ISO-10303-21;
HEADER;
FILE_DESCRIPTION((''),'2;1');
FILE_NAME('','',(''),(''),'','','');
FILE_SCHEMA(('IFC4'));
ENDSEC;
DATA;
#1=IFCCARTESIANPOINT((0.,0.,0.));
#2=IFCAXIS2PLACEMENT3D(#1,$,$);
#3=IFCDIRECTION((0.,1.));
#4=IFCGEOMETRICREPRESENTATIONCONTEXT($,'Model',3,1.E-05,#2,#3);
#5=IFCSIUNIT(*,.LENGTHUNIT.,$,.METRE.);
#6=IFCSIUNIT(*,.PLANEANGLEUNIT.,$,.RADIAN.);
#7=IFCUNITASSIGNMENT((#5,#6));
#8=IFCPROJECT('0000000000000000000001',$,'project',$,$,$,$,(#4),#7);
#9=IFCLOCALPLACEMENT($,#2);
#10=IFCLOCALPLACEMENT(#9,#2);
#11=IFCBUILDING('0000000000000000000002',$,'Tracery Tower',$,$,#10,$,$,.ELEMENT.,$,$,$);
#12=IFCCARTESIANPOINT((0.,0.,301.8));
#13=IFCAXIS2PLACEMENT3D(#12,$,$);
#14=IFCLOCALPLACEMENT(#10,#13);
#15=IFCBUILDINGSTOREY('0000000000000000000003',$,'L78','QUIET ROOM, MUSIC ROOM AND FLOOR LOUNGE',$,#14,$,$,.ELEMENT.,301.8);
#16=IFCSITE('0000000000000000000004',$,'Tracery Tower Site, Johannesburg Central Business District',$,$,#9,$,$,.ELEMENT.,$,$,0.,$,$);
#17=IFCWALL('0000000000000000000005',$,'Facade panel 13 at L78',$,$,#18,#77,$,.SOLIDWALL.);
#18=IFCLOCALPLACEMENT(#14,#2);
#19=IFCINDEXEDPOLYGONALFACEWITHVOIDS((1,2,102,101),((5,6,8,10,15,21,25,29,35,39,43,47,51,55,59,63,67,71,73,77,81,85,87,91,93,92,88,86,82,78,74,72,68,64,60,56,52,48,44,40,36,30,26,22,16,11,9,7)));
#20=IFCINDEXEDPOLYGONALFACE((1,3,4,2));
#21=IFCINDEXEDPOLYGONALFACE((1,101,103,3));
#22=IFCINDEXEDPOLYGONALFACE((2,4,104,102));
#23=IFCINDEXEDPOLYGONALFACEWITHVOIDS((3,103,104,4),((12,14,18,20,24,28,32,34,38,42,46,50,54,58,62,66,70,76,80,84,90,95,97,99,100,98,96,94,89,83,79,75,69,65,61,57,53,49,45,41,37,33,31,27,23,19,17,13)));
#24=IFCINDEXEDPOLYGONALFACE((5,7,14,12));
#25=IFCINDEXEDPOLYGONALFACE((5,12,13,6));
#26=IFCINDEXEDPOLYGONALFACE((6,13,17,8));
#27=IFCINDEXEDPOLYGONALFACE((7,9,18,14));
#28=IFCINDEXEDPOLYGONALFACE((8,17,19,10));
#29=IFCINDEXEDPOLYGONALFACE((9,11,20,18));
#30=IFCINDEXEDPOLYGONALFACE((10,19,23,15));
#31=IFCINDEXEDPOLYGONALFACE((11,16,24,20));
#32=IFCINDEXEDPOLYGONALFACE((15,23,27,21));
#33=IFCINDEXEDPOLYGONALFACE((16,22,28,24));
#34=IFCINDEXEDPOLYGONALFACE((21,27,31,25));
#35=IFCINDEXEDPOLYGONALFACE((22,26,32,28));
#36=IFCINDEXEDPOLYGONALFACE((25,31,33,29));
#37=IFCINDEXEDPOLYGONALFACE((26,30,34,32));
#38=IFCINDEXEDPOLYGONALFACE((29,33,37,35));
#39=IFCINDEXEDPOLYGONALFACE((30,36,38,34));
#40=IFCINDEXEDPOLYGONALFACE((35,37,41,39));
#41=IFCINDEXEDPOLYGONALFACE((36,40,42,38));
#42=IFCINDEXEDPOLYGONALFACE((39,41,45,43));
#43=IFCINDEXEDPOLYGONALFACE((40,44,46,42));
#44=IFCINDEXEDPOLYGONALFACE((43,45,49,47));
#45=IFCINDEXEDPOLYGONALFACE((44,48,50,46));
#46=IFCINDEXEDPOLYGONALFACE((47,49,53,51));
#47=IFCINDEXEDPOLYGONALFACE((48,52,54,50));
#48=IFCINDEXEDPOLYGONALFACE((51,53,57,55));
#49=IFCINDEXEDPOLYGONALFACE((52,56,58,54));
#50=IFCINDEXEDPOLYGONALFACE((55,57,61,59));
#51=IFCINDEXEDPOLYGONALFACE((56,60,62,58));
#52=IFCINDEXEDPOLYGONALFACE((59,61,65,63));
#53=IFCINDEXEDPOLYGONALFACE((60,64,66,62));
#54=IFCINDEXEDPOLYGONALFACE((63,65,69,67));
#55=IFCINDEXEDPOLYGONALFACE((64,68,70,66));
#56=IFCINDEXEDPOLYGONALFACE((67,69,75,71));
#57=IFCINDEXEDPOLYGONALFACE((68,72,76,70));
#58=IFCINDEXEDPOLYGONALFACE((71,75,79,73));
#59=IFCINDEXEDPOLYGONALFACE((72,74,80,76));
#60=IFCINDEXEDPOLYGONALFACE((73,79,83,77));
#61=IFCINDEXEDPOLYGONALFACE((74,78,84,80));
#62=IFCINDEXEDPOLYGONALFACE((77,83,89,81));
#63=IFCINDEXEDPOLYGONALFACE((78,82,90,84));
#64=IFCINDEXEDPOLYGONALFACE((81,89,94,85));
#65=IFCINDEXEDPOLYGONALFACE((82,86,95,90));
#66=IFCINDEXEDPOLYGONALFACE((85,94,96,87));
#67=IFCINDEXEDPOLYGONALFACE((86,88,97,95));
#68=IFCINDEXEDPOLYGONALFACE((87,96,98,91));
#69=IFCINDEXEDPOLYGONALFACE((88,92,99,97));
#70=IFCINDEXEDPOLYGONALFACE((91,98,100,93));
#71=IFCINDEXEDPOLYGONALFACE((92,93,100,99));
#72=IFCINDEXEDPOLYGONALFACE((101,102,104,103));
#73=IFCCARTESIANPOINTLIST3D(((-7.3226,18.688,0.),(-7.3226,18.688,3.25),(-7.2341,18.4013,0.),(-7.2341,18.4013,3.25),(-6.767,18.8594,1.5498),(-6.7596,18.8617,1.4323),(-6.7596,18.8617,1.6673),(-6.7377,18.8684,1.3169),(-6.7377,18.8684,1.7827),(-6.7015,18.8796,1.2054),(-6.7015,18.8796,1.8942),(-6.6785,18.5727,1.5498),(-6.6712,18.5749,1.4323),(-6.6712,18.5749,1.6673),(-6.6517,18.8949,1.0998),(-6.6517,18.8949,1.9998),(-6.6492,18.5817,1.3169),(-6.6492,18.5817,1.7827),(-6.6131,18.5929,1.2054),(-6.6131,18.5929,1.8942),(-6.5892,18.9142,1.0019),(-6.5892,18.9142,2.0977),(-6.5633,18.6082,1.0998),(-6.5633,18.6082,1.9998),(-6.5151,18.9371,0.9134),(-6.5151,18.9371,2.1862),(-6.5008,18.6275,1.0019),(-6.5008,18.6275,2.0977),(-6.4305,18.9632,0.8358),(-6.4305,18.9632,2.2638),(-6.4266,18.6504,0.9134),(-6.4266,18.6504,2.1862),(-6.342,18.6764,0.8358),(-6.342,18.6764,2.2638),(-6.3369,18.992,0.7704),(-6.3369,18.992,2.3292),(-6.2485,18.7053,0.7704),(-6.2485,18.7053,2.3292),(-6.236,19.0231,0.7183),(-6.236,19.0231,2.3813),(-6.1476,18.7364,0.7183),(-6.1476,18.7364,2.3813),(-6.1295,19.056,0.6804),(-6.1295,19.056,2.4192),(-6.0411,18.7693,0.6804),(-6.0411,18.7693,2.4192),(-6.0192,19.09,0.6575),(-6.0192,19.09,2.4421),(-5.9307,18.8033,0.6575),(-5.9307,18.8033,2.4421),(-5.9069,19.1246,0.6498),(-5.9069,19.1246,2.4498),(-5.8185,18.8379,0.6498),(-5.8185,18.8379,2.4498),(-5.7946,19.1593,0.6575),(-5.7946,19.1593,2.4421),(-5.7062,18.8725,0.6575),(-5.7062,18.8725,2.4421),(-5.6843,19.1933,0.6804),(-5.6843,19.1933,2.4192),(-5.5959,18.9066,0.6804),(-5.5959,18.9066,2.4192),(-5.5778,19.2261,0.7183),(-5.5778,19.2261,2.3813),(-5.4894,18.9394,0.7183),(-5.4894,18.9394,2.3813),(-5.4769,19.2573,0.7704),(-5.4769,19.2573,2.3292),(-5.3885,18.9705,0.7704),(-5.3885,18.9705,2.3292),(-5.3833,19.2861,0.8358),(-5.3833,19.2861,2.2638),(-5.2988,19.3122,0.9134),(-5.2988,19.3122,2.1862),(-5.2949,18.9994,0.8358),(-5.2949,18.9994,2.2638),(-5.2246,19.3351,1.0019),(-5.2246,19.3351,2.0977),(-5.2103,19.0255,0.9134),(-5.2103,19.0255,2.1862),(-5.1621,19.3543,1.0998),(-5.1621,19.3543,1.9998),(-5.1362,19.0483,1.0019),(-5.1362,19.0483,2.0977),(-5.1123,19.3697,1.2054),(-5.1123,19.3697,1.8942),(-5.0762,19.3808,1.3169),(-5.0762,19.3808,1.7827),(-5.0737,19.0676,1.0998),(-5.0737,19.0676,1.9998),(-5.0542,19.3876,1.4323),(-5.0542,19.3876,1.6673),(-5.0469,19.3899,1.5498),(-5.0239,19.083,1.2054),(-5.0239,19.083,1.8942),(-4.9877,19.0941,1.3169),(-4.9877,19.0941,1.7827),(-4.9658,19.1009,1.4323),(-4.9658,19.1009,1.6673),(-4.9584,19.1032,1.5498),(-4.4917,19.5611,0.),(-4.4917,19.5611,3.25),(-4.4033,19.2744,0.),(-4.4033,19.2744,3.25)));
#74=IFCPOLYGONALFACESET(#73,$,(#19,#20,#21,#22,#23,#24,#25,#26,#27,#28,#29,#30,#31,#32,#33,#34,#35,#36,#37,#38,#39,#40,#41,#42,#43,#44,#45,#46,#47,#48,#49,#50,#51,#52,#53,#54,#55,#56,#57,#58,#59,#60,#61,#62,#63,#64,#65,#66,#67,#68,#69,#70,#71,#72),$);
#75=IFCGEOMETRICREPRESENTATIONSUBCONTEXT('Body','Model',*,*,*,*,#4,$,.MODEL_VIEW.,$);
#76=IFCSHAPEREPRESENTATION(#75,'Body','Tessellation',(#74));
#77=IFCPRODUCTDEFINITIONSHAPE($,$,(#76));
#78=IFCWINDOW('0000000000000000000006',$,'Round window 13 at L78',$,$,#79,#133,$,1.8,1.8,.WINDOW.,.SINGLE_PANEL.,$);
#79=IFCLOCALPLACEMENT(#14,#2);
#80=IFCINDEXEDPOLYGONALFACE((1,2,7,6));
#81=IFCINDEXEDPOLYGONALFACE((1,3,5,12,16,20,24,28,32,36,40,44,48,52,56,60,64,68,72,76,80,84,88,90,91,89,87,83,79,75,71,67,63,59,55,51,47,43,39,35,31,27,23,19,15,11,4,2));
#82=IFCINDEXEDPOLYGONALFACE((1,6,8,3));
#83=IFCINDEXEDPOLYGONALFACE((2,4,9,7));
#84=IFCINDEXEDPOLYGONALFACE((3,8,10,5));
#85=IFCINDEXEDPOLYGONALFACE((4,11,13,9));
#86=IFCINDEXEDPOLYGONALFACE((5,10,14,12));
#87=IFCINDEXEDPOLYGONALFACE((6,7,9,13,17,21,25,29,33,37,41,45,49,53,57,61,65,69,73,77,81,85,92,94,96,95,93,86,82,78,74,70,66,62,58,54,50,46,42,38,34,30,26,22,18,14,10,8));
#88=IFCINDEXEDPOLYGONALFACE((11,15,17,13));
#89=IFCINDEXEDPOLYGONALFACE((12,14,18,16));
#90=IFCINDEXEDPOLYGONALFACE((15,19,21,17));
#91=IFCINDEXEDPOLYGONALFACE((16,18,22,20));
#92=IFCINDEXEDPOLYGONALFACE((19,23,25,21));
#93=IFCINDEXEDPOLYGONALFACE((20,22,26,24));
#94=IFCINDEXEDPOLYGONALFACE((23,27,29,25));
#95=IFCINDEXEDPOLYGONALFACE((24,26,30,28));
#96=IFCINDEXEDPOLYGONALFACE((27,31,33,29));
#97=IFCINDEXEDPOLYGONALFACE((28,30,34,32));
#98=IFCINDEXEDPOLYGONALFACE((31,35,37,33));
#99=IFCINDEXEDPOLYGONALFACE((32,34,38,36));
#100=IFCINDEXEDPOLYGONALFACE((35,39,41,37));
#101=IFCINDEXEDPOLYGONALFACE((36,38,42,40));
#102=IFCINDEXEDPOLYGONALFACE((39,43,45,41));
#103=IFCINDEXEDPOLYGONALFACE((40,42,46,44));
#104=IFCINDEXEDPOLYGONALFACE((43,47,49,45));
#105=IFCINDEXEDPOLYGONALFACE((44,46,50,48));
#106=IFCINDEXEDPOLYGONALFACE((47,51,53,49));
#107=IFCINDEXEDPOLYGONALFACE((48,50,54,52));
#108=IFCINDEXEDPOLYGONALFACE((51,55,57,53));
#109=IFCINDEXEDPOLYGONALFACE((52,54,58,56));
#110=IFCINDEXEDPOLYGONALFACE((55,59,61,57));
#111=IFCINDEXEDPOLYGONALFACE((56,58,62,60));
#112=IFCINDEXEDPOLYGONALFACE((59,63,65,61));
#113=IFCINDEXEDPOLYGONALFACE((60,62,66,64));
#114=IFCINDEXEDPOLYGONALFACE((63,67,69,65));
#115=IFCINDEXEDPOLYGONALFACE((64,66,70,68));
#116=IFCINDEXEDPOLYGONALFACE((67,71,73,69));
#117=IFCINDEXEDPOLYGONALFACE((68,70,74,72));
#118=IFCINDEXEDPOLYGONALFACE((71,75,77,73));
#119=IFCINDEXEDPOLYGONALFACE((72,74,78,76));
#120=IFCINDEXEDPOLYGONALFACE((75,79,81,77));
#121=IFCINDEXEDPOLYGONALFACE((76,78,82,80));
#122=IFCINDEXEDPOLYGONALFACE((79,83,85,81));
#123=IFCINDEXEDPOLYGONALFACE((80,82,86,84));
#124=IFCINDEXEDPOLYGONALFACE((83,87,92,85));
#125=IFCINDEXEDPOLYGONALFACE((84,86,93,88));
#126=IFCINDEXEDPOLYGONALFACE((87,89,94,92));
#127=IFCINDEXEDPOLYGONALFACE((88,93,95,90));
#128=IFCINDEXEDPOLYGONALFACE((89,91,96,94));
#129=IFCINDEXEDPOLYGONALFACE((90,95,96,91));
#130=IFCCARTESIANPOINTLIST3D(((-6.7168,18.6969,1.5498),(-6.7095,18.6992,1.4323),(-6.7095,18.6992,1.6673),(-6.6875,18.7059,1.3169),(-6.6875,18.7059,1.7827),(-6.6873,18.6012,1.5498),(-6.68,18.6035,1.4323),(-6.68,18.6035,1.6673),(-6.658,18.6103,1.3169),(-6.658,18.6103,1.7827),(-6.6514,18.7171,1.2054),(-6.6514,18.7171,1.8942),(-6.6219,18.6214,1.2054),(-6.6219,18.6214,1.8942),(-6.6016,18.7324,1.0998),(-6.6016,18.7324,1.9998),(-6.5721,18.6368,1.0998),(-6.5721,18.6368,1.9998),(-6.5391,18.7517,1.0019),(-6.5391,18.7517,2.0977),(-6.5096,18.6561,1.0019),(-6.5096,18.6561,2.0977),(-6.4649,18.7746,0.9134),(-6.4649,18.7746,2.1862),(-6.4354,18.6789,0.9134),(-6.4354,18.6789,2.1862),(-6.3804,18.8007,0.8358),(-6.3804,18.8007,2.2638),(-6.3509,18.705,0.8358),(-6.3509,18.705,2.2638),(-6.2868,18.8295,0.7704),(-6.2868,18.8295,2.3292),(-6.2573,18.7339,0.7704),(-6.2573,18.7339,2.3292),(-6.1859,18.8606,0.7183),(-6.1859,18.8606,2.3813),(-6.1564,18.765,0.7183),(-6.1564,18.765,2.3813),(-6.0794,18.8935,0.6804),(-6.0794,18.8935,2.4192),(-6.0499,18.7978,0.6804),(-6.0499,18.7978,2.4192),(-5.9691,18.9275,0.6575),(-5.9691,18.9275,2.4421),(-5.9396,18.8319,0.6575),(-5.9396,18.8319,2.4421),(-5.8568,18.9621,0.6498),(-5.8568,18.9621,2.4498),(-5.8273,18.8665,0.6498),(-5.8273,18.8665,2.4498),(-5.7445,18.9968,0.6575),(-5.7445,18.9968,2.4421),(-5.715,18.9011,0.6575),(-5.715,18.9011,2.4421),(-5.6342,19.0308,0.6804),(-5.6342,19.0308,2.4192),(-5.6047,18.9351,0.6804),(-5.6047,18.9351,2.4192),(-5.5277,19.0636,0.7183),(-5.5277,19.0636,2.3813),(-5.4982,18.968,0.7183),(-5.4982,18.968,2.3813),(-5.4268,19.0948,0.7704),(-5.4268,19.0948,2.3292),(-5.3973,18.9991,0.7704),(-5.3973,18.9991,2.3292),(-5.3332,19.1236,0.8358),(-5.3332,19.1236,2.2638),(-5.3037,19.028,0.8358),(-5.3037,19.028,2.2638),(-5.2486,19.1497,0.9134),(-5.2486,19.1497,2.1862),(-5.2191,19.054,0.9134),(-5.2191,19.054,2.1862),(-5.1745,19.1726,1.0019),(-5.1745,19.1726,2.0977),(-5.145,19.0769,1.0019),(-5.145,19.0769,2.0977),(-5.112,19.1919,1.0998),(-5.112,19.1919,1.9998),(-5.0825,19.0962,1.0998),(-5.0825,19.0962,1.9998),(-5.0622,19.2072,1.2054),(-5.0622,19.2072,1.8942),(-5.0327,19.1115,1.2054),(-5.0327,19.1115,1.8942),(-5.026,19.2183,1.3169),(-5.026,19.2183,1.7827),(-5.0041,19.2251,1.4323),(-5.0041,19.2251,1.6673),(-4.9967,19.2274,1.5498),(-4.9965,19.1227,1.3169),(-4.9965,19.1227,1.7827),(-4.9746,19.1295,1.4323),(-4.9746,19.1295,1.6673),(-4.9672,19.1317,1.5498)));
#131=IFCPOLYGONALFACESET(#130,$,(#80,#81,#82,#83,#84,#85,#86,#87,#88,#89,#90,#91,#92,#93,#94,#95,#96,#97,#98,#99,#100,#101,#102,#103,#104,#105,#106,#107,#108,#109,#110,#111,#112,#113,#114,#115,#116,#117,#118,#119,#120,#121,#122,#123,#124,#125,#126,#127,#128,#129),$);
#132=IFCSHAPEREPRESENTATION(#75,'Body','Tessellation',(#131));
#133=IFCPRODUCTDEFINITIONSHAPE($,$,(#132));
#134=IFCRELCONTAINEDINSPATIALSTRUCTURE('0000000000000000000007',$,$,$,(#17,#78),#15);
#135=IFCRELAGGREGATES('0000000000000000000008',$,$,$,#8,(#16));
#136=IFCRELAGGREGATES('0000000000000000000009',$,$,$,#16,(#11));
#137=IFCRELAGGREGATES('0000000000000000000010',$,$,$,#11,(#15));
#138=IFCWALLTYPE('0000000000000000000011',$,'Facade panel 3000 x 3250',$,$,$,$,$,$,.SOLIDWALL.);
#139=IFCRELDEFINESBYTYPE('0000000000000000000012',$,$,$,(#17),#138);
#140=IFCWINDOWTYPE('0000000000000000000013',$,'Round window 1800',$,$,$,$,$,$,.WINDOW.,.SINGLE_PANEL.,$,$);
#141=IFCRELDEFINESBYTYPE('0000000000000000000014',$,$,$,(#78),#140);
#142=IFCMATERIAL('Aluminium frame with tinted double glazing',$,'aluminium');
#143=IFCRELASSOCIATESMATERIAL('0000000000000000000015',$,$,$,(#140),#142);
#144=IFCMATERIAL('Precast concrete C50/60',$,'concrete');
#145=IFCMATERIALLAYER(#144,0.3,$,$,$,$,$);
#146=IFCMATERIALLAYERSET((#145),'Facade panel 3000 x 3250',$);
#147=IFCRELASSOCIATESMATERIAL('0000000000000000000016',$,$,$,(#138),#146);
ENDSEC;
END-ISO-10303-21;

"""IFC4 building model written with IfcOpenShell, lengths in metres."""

from ifc_helpers import new_model, si_unit, direction, frame, frame_2d, origin, origin_2d, place, context, subcontext, project, spatial, rectangle, circle, extrude, material, layer, layer_set, type_object, element, fill, save


model = new_model("IFC4")

# Units and contexts
model_context = context("Model", 3, precision=1e-05, world=origin(), true_north=direction((0.0, 1.0)))
body_context = subcontext(model_context, "Body", "Model", "MODEL_VIEW")
ifc_project = project(units=[si_unit("LENGTHUNIT", "METRE"), si_unit("PLANEANGLEUNIT", "RADIAN")], contexts=[model_context])

# Site, building, storey
site_placement = place(None, origin())
site = spatial("IfcSite", under=ifc_project, at=site_placement, Name="Tracery Tower Site, Johannesburg Central Business District", CompositionType="ELEMENT", RefElevation=0.0)
building_placement = place(site_placement, origin())
building = spatial("IfcBuilding", under=site, at=building_placement, Name="Tracery Tower", CompositionType="ELEMENT")
storey_placement = place(building_placement, frame((0.0, 0.0, 301.8)))
storey = spatial("IfcBuildingStorey", under=building, at=storey_placement, Name="L78", Description="QUIET ROOM, MUSIC ROOM AND FLOOR LOUNGE", CompositionType="ELEMENT", Elevation=301.8)

# Wall, opening, window
ifc_material_1 = material(Name="Aluminium frame with tinted double glazing", Category="aluminium")
window_type = type_object("IfcWindowType", Name="Round window 1800", PartitioningType="SINGLE_PANEL", PredefinedType="WINDOW", material=ifc_material_1)
ifc_material_2 = material(Name="Precast concrete C50/60", Category="concrete")
ifc_layer_1 = layer(ifc_material_2, 0.3)
ifc_layer_set_1 = layer_set([ifc_layer_1], Name="Facade panel 3000 x 3250")
wall_type_1 = type_object("IfcWallType", Name="Facade panel 3000 x 3250", PredefinedType="SOLIDWALL", material=ifc_layer_set_1)
wall_1_placement = place(storey_placement, frame((-4.4475, 19.4177, 0.0), z_axis=(0.0, 0.0, 1.0), x_axis=(-0.955586, -0.294711, 0.0)))
wall_1 = element("IfcWall", 1, at=wall_1_placement, inside=storey, type_object=wall_type_1, Name="Facade panel 13 at L78", PredefinedType="SOLIDWALL", context=body_context, shape_type="SweptSolid", body=[
    extrude(rectangle(XDim=2.9624, YDim=0.3, at=frame_2d((1.4812, 0.0))), origin(), (0.0, 0.0, 1.0), 3.25),
])
opening_1_placement = place(wall_1_placement, frame((1.481, 0.0, 1.5498)))
opening_1 = element("IfcOpeningElement", 2, at=opening_1_placement, cuts=wall_1, PredefinedType="OPENING", context=body_context, shape_type="SweptSolid", body=[
    extrude(circle(Radius=0.9, at=origin_2d()), frame((0.0, 0.1599, 0.0), z_axis=(0.0, -1.0, 0.0), x_axis=(1.0, 0.0, 0.0)), (0.0, 0.0, 1.0), 0.3201),
])
window_1_placement = place(opening_1_placement, origin())
window_1 = element("IfcWindow", 3, at=window_1_placement, inside=storey, type_object=window_type, Name="Round window 13 at L78", OverallHeight=1.8, OverallWidth=1.8, PartitioningType="SINGLE_PANEL", PredefinedType="WINDOW", context=body_context, shape_type="SweptSolid", body=[
    extrude(circle(Radius=0.9, at=origin_2d()), frame((0.0, 0.1201, 0.0), z_axis=(0.0, -1.0, 0.0), x_axis=(1.0, 0.0, 0.0)), (0.0, 0.0, 1.0), 0.1001),
])
fill(opening_1, window_1)

save(model, "model.ifc")
